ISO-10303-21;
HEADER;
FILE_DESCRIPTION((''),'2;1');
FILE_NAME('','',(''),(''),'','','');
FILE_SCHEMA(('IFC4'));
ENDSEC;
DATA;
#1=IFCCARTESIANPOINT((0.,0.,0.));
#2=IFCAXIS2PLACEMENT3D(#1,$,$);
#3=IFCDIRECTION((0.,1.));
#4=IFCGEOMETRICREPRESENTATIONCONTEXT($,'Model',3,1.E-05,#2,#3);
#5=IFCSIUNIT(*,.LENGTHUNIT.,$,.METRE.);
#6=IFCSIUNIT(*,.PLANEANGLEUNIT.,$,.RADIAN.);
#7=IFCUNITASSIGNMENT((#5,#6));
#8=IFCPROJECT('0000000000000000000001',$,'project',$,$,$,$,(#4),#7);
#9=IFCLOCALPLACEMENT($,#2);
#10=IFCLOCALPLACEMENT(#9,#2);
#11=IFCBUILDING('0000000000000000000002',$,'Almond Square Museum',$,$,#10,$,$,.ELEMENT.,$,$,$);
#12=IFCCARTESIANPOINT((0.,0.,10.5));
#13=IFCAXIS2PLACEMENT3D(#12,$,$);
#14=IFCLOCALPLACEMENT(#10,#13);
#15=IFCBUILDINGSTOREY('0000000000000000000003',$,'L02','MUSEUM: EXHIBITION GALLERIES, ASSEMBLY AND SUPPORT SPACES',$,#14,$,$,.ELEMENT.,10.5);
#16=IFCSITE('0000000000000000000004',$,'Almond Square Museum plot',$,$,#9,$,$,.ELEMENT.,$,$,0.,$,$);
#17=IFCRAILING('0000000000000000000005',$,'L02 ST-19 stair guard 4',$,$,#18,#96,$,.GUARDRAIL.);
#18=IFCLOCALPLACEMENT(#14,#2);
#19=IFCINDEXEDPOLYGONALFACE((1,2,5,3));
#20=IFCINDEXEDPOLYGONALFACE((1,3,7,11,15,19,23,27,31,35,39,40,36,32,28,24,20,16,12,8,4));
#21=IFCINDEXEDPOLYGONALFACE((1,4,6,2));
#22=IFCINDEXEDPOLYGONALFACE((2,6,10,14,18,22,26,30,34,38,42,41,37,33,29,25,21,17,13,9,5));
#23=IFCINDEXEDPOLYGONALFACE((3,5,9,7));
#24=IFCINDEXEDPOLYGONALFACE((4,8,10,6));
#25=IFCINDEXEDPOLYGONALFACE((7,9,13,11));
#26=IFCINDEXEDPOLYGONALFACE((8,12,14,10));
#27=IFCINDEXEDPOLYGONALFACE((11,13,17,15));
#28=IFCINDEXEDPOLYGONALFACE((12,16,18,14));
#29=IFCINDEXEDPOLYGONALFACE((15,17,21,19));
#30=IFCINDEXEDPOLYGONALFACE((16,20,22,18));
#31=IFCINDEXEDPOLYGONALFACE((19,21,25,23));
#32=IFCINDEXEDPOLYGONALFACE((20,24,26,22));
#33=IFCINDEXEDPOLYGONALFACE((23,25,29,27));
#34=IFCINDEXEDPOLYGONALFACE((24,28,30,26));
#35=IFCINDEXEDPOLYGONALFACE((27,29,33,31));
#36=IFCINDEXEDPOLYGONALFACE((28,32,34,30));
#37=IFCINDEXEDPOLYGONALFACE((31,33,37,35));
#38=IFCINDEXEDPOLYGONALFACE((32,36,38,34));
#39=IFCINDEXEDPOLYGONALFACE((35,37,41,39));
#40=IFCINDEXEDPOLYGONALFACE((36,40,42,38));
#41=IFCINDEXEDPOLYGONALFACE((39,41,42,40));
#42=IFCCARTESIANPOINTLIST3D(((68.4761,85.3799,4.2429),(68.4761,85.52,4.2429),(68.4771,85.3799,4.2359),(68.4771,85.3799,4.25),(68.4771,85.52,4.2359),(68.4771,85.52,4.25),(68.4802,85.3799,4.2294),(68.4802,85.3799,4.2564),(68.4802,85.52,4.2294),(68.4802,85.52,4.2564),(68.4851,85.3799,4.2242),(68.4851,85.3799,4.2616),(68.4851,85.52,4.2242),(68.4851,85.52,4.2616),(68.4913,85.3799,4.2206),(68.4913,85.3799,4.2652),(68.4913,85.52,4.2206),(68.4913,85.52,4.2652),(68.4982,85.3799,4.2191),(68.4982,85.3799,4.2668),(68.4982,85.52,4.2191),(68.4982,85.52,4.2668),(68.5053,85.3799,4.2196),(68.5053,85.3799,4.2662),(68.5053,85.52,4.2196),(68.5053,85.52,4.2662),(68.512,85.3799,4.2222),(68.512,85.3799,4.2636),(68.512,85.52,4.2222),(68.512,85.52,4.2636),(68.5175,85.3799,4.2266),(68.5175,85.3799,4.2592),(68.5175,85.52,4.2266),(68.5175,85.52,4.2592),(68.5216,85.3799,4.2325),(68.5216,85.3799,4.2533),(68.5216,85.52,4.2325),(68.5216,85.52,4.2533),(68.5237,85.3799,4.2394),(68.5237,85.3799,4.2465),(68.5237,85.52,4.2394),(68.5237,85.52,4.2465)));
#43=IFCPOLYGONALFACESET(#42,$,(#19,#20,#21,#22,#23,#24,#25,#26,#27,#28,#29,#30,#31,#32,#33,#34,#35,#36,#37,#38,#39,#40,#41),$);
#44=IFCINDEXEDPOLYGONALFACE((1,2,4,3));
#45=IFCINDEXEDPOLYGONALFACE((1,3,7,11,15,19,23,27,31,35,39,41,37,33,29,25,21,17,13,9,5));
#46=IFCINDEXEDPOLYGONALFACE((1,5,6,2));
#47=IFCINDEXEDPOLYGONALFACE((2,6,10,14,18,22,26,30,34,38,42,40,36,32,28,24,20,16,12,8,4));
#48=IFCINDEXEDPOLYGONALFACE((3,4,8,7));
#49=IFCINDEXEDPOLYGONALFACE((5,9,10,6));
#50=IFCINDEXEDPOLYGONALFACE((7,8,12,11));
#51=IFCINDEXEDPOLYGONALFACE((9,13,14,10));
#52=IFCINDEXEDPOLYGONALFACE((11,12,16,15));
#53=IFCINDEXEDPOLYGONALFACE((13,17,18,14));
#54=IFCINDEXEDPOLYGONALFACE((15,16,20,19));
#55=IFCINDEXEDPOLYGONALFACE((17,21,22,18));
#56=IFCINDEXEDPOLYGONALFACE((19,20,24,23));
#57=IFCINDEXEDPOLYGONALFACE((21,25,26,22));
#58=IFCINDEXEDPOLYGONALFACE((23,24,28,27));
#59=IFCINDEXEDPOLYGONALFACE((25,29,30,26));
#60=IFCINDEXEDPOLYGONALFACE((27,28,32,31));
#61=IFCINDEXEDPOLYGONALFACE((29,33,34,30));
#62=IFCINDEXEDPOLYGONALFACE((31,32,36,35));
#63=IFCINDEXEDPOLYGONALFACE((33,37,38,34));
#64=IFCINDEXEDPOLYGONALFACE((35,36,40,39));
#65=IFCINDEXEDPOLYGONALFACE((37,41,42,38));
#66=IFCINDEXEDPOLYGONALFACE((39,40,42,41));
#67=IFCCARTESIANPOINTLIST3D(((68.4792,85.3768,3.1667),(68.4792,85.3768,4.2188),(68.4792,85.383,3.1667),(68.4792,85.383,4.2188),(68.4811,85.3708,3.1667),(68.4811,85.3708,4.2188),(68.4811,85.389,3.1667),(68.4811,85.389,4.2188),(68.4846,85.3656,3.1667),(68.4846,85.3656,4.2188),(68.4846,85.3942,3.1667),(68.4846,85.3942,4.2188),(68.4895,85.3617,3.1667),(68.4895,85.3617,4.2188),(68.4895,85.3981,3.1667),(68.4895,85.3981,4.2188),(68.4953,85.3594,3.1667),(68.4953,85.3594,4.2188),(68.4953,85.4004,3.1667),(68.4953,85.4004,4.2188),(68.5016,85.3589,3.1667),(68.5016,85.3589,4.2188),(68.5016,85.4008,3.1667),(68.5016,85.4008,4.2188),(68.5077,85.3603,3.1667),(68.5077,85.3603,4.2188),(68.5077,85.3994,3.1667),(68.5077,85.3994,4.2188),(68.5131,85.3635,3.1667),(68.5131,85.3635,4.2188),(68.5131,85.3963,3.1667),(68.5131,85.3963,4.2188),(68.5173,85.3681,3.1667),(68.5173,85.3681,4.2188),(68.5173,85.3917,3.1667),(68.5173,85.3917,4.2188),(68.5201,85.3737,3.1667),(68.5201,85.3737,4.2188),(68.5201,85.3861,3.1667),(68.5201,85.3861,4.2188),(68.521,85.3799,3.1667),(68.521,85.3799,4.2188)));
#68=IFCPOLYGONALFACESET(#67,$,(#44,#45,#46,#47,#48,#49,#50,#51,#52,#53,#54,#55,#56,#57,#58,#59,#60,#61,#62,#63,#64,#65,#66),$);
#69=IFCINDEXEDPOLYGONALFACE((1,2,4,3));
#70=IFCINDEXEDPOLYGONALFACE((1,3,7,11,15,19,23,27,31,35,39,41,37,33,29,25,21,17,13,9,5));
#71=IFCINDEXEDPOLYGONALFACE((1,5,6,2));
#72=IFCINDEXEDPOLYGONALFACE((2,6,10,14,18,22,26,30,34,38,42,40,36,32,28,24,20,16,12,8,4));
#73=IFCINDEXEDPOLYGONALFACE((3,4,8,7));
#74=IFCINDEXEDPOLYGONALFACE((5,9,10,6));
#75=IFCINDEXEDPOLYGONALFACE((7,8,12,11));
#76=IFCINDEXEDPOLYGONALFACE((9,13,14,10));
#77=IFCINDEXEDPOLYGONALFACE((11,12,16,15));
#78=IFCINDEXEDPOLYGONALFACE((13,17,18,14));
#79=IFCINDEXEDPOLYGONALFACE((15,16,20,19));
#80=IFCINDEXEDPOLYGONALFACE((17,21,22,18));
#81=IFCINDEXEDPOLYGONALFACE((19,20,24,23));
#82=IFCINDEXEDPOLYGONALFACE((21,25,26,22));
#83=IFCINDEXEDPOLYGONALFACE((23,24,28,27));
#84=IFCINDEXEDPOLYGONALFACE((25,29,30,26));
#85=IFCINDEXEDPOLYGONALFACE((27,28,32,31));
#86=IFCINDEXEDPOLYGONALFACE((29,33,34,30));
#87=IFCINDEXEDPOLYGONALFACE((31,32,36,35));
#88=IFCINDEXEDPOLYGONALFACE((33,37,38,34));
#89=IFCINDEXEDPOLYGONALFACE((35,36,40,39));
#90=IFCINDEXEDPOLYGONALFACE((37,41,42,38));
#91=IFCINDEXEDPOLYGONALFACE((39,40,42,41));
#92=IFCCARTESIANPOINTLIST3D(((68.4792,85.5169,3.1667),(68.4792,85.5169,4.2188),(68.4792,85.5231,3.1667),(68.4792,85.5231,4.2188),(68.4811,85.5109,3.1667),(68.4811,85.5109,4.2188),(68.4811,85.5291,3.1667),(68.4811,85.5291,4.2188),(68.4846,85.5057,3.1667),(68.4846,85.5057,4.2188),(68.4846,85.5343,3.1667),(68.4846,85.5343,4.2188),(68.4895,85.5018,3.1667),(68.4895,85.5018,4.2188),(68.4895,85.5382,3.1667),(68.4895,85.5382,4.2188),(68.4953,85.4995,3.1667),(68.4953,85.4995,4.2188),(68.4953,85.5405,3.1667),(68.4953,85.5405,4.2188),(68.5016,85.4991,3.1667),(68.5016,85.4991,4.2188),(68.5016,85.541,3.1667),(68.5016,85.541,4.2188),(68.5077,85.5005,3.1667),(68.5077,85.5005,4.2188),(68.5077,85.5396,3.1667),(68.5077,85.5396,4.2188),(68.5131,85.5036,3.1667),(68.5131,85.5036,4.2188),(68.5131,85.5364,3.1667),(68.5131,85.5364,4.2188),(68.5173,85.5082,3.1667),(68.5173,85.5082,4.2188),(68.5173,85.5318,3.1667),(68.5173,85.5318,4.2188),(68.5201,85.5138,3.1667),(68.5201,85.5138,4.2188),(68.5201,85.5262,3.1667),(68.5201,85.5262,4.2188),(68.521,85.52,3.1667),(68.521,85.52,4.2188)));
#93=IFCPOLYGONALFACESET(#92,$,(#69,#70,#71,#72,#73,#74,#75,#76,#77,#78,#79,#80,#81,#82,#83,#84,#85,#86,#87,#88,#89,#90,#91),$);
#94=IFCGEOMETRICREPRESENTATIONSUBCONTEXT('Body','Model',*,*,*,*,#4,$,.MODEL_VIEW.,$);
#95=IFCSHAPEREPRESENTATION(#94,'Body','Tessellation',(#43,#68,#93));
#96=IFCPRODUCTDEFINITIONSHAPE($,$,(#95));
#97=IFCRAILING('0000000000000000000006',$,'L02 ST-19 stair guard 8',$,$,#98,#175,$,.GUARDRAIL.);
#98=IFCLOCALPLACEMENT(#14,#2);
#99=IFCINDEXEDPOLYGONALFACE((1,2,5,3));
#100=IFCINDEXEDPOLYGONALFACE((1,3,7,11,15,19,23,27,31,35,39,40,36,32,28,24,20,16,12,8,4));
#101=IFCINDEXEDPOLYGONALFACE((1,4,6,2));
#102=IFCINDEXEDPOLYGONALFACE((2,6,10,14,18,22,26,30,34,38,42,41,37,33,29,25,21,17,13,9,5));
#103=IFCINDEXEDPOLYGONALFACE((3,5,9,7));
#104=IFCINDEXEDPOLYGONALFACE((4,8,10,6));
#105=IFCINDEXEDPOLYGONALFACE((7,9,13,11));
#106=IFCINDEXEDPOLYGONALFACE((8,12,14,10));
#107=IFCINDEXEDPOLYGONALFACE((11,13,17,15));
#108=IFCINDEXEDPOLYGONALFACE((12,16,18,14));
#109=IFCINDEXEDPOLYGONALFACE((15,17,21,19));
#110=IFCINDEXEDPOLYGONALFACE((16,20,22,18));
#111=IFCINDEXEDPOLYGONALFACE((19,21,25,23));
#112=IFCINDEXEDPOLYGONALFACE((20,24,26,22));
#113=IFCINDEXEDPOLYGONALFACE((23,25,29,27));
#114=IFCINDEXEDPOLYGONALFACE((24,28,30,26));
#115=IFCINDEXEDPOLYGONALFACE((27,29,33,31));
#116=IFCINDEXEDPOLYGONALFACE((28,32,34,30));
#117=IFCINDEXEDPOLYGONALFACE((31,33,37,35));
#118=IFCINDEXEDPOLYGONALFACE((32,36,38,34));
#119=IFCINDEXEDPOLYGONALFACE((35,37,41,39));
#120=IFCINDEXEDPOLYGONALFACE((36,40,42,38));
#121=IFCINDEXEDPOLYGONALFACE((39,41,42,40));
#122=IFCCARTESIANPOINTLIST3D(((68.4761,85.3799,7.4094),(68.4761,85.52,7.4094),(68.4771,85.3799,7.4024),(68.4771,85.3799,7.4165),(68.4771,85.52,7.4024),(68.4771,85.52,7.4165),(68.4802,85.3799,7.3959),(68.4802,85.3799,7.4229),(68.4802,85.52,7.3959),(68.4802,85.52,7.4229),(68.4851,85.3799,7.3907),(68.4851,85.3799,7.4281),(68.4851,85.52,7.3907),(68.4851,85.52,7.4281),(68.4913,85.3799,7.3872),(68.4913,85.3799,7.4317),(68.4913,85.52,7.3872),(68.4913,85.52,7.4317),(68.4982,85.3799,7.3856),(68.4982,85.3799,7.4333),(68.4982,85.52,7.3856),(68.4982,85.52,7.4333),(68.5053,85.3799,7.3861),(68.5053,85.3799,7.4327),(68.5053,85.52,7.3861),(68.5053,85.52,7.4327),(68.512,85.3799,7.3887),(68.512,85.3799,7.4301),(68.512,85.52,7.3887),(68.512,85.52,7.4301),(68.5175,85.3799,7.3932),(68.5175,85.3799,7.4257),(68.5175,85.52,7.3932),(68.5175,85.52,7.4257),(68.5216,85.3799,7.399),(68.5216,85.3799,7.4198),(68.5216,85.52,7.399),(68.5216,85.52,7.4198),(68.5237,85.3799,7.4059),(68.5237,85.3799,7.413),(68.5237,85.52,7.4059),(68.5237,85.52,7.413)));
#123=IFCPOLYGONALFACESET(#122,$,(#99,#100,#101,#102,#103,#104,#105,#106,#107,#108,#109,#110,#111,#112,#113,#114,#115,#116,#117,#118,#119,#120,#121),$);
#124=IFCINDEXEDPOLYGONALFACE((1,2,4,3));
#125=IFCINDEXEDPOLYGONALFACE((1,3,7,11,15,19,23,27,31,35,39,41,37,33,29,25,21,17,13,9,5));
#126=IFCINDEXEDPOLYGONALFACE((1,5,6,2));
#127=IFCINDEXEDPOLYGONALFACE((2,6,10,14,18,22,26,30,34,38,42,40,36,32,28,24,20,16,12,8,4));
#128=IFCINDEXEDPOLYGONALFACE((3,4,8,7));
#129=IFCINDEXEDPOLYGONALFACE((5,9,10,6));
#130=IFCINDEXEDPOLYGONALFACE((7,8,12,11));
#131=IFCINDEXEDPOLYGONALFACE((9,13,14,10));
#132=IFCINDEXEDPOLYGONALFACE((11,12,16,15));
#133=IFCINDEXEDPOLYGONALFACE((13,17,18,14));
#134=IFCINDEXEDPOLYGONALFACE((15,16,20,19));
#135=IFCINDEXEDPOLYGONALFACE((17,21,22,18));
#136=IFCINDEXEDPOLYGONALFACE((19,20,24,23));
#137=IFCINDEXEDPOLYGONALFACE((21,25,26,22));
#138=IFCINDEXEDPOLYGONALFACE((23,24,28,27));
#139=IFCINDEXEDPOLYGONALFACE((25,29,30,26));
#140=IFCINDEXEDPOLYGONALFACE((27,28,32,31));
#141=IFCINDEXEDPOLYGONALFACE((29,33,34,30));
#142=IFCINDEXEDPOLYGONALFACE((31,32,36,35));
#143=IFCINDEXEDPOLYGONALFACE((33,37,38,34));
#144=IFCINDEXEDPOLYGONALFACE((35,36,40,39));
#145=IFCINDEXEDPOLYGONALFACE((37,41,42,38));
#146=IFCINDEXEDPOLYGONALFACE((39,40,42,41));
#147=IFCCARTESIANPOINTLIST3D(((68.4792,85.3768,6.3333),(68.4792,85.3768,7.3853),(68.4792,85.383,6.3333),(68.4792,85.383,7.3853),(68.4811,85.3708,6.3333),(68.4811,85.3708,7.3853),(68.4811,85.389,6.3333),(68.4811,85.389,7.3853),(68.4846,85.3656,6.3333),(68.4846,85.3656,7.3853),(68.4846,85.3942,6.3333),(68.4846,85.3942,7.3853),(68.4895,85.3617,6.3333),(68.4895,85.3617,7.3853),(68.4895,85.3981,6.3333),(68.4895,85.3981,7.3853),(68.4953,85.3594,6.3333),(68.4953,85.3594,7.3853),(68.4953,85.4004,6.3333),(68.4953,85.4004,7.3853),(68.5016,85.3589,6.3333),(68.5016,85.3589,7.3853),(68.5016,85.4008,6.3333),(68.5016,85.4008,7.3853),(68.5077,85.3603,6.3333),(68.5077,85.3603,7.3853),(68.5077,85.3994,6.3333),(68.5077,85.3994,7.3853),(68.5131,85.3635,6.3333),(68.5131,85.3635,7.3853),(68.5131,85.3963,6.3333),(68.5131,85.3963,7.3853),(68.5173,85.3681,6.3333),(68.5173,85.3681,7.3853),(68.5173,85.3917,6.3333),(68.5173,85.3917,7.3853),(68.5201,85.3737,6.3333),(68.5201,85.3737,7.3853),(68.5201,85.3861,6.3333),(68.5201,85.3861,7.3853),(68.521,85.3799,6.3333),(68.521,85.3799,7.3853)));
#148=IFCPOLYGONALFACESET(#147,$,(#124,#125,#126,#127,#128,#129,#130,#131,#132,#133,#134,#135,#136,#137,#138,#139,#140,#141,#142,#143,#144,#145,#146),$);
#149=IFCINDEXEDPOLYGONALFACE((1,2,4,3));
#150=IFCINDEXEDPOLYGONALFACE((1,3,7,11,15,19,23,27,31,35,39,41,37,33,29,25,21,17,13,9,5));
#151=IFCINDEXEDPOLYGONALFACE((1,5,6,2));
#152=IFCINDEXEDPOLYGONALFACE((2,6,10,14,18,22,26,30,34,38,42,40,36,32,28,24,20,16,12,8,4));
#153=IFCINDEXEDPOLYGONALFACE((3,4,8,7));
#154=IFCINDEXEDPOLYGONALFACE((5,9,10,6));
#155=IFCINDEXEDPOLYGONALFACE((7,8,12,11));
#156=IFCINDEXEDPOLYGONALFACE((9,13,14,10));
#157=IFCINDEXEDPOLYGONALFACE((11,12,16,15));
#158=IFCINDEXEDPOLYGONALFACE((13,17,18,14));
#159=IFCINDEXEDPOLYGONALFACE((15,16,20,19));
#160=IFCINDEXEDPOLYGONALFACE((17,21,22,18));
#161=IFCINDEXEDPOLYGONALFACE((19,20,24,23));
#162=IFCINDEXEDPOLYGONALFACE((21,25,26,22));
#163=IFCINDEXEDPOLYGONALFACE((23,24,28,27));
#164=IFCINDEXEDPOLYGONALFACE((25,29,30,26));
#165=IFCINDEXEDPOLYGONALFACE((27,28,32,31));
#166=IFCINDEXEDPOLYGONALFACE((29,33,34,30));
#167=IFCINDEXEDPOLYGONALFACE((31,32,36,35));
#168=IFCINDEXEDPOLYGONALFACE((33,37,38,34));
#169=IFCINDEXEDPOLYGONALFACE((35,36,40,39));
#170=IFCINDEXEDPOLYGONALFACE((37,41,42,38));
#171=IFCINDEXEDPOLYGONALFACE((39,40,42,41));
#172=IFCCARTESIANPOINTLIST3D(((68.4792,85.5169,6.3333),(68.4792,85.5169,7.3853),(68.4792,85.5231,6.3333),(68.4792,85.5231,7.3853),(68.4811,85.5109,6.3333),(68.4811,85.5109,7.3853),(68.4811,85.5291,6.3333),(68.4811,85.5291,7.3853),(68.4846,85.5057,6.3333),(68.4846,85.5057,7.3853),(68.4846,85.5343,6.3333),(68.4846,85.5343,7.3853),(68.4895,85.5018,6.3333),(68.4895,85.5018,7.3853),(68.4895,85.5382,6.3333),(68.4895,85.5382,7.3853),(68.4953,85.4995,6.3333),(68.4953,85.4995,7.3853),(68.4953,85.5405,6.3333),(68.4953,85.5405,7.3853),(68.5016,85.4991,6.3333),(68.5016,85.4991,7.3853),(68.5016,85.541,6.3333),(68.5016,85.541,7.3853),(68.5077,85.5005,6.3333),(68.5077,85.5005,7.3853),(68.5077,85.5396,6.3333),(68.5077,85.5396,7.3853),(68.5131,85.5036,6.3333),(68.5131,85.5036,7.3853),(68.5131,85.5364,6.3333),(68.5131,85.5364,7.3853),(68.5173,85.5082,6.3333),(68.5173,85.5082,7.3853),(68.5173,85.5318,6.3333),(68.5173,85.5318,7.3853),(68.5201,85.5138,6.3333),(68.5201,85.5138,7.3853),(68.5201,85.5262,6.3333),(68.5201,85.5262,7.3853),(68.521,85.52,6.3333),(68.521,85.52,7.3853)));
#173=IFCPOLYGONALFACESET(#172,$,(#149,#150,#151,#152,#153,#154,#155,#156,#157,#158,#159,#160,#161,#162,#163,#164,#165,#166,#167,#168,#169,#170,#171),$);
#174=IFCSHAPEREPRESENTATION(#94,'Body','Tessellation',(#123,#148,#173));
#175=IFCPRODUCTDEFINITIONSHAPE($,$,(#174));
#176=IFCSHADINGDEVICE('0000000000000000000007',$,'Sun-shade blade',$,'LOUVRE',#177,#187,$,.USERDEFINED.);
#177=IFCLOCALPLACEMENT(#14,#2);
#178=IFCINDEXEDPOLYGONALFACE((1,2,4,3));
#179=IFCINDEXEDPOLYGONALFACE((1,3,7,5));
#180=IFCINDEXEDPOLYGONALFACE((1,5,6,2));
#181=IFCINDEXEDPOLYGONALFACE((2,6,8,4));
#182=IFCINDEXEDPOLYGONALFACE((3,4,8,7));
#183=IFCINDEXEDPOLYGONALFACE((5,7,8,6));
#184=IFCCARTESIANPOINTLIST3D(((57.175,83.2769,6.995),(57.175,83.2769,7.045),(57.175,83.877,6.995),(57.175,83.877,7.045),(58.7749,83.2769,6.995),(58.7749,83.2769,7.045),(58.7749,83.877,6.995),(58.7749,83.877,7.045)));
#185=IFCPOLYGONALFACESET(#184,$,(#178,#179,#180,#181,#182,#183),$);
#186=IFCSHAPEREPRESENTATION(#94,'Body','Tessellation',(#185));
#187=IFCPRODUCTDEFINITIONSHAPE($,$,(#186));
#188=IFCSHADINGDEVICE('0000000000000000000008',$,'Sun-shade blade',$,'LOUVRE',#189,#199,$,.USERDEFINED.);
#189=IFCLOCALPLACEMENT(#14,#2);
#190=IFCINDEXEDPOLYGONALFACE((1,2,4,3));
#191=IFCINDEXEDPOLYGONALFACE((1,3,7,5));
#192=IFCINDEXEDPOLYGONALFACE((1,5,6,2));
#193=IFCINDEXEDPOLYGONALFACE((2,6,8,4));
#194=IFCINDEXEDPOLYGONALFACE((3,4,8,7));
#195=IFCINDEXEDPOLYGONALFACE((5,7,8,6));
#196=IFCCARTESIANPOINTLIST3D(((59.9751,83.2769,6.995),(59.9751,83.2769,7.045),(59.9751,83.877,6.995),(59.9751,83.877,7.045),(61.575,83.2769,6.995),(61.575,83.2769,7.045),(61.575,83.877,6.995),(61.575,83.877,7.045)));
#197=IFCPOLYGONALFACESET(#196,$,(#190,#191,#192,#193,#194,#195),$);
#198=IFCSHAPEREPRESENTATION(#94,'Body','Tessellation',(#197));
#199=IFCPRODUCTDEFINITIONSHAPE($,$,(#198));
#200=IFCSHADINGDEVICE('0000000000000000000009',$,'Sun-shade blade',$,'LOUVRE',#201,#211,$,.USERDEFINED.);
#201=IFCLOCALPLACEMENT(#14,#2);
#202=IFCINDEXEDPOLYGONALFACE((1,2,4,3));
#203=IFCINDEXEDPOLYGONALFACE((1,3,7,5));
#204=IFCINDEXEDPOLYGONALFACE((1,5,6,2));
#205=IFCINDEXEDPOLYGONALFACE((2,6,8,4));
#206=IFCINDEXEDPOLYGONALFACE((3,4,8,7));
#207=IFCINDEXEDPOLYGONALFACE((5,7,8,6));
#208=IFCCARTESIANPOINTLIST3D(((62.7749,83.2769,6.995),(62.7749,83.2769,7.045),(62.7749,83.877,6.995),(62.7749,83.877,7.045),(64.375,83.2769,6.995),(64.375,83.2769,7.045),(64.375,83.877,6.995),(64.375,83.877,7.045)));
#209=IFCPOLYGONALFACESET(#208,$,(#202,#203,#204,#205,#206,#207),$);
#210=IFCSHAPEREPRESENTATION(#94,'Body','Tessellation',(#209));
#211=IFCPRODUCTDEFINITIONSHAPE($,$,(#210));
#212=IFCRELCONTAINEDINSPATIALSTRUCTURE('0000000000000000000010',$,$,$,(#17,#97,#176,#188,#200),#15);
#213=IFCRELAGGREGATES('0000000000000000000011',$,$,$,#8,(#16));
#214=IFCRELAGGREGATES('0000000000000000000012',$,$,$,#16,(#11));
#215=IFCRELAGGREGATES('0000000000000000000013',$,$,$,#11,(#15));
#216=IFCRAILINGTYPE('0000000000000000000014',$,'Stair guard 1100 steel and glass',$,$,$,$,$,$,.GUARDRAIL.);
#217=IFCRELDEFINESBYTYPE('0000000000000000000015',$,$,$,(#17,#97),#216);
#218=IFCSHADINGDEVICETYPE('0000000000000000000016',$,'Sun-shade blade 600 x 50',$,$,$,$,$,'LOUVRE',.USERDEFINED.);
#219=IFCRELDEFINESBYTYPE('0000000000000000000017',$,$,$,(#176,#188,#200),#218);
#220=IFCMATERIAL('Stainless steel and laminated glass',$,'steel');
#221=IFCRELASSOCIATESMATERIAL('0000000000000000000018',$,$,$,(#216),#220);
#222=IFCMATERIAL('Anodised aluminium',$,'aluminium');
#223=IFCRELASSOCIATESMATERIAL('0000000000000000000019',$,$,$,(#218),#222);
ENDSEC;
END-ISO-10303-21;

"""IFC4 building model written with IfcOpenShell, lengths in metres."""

from ifc_helpers import new_model, si_unit, direction, frame, origin, origin_2d, place, context, subcontext, project, spatial, rectangle, circle, extrude, material, material_profile, profile_set, type_object, element, save


model = new_model("IFC4")

# Units and contexts
model_context = context("Model", 3, precision=1e-05, world=origin(), true_north=direction((0.0, 1.0)))
body_context = subcontext(model_context, "Body", "Model", "MODEL_VIEW")
ifc_project = project(units=[si_unit("LENGTHUNIT", "METRE"), si_unit("PLANEANGLEUNIT", "RADIAN")], contexts=[model_context])

# Site, building, storey
site_placement = place(None, origin())
site = spatial("IfcSite", under=ifc_project, at=site_placement, Name="Almond Square Museum plot", CompositionType="ELEMENT", RefElevation=0.0)
building_placement = place(site_placement, origin())
building = spatial("IfcBuilding", under=site, at=building_placement, Name="Almond Square Museum", CompositionType="ELEMENT")
storey_placement = place(building_placement, frame((0.0, 0.0, 10.5)))
storey = spatial("IfcBuildingStorey", under=building, at=storey_placement, Name="L02", Description="MUSEUM: EXHIBITION GALLERIES, ASSEMBLY AND SUPPORT SPACES", CompositionType="ELEMENT", Elevation=10.5)

# Railings
ifc_material_1 = material(Name="Stainless steel and laminated glass", Category="steel")
railing_type = type_object("IfcRailingType", Name="Stair guard 1100 steel and glass", PredefinedType="GUARDRAIL", material=ifc_material_1)
for number, where, name in (
    (1, (68.5, 85.3799, 3.1667), "L02 ST-19 stair guard 4"),
    (2, (68.5, 85.3799, 6.3333), "L02 ST-19 stair guard 8"),
):
    element("IfcRailing", number, at=place(storey_placement, frame(where)), inside=storey, type_object=railing_type, Name=name, PredefinedType="GUARDRAIL", context=body_context, shape_type="SweptSolid", body=[
        extrude(circle(Radius=0.0239, at=origin_2d()), frame((0.0, 0.0, 1.0762), z_axis=(0.0, 1.0, 0.0), x_axis=(-1.0, 0.0, 0.0)), (0.0, 0.0, 1.0), 0.1401),
        extrude(circle(Radius=0.021, at=origin_2d()), origin(), (0.0, 0.0, 1.0), 1.052),
        extrude(circle(Radius=0.021, at=origin_2d()), frame((0.0, 0.1401, 0.0)), (0.0, 0.0, 1.0), 1.052),
    ])

# Shading devices
ifc_material_2 = material(Name="Anodised aluminium", Category="aluminium")
ifc_material_profile = material_profile(ifc_material_2, rectangle(XDim=0.6001, YDim=0.05, at=origin_2d()))
ifc_profile_set = profile_set([ifc_material_profile], Name="Anodised aluminium")
shading_device_type = type_object("IfcShadingDeviceType", Name="Sun-shade blade 600 x 50", ElementType="LOUVRE", PredefinedType="USERDEFINED", material=ifc_profile_set)
for number, where, z_axis, x_axis, name in (
    (3, (57.175, 83.5769, 7.02), (1.0, 0.0, 0.0), (0.0, 1.0, 0.0), "Sun-shade blade"),
    (4, (59.9751, 83.5769, 7.02), (1.0, 0.0, 0.0), (0.0, 1.0, 0.0), "Sun-shade blade"),
):
    element("IfcShadingDevice", number, at=place(storey_placement, frame(where, z_axis=z_axis, x_axis=x_axis)), inside=storey, type_object=shading_device_type, Name=name, ObjectType="LOUVRE", PredefinedType="USERDEFINED", context=body_context, shape_type="SweptSolid", body=[
        extrude(rectangle(XDim=0.6001, YDim=0.05, at=origin_2d()), origin(), (0.0, 0.0, 1.0), 1.5999),
    ])
shading_device_placement = place(storey_placement, frame((62.7749, 83.5769, 7.02), z_axis=(1.0, 0.0, 0.0), x_axis=(0.0, 1.0, 0.0)))
element("IfcShadingDevice", 5, at=shading_device_placement, inside=storey, type_object=shading_device_type, Name="Sun-shade blade", ObjectType="LOUVRE", PredefinedType="USERDEFINED", context=body_context, shape_type="SweptSolid", body=[
    extrude(rectangle(XDim=0.6001, YDim=0.05, at=origin_2d()), origin(), (0.0, 0.0, 1.0), 1.6001),
])

save(model, "model.ifc")
